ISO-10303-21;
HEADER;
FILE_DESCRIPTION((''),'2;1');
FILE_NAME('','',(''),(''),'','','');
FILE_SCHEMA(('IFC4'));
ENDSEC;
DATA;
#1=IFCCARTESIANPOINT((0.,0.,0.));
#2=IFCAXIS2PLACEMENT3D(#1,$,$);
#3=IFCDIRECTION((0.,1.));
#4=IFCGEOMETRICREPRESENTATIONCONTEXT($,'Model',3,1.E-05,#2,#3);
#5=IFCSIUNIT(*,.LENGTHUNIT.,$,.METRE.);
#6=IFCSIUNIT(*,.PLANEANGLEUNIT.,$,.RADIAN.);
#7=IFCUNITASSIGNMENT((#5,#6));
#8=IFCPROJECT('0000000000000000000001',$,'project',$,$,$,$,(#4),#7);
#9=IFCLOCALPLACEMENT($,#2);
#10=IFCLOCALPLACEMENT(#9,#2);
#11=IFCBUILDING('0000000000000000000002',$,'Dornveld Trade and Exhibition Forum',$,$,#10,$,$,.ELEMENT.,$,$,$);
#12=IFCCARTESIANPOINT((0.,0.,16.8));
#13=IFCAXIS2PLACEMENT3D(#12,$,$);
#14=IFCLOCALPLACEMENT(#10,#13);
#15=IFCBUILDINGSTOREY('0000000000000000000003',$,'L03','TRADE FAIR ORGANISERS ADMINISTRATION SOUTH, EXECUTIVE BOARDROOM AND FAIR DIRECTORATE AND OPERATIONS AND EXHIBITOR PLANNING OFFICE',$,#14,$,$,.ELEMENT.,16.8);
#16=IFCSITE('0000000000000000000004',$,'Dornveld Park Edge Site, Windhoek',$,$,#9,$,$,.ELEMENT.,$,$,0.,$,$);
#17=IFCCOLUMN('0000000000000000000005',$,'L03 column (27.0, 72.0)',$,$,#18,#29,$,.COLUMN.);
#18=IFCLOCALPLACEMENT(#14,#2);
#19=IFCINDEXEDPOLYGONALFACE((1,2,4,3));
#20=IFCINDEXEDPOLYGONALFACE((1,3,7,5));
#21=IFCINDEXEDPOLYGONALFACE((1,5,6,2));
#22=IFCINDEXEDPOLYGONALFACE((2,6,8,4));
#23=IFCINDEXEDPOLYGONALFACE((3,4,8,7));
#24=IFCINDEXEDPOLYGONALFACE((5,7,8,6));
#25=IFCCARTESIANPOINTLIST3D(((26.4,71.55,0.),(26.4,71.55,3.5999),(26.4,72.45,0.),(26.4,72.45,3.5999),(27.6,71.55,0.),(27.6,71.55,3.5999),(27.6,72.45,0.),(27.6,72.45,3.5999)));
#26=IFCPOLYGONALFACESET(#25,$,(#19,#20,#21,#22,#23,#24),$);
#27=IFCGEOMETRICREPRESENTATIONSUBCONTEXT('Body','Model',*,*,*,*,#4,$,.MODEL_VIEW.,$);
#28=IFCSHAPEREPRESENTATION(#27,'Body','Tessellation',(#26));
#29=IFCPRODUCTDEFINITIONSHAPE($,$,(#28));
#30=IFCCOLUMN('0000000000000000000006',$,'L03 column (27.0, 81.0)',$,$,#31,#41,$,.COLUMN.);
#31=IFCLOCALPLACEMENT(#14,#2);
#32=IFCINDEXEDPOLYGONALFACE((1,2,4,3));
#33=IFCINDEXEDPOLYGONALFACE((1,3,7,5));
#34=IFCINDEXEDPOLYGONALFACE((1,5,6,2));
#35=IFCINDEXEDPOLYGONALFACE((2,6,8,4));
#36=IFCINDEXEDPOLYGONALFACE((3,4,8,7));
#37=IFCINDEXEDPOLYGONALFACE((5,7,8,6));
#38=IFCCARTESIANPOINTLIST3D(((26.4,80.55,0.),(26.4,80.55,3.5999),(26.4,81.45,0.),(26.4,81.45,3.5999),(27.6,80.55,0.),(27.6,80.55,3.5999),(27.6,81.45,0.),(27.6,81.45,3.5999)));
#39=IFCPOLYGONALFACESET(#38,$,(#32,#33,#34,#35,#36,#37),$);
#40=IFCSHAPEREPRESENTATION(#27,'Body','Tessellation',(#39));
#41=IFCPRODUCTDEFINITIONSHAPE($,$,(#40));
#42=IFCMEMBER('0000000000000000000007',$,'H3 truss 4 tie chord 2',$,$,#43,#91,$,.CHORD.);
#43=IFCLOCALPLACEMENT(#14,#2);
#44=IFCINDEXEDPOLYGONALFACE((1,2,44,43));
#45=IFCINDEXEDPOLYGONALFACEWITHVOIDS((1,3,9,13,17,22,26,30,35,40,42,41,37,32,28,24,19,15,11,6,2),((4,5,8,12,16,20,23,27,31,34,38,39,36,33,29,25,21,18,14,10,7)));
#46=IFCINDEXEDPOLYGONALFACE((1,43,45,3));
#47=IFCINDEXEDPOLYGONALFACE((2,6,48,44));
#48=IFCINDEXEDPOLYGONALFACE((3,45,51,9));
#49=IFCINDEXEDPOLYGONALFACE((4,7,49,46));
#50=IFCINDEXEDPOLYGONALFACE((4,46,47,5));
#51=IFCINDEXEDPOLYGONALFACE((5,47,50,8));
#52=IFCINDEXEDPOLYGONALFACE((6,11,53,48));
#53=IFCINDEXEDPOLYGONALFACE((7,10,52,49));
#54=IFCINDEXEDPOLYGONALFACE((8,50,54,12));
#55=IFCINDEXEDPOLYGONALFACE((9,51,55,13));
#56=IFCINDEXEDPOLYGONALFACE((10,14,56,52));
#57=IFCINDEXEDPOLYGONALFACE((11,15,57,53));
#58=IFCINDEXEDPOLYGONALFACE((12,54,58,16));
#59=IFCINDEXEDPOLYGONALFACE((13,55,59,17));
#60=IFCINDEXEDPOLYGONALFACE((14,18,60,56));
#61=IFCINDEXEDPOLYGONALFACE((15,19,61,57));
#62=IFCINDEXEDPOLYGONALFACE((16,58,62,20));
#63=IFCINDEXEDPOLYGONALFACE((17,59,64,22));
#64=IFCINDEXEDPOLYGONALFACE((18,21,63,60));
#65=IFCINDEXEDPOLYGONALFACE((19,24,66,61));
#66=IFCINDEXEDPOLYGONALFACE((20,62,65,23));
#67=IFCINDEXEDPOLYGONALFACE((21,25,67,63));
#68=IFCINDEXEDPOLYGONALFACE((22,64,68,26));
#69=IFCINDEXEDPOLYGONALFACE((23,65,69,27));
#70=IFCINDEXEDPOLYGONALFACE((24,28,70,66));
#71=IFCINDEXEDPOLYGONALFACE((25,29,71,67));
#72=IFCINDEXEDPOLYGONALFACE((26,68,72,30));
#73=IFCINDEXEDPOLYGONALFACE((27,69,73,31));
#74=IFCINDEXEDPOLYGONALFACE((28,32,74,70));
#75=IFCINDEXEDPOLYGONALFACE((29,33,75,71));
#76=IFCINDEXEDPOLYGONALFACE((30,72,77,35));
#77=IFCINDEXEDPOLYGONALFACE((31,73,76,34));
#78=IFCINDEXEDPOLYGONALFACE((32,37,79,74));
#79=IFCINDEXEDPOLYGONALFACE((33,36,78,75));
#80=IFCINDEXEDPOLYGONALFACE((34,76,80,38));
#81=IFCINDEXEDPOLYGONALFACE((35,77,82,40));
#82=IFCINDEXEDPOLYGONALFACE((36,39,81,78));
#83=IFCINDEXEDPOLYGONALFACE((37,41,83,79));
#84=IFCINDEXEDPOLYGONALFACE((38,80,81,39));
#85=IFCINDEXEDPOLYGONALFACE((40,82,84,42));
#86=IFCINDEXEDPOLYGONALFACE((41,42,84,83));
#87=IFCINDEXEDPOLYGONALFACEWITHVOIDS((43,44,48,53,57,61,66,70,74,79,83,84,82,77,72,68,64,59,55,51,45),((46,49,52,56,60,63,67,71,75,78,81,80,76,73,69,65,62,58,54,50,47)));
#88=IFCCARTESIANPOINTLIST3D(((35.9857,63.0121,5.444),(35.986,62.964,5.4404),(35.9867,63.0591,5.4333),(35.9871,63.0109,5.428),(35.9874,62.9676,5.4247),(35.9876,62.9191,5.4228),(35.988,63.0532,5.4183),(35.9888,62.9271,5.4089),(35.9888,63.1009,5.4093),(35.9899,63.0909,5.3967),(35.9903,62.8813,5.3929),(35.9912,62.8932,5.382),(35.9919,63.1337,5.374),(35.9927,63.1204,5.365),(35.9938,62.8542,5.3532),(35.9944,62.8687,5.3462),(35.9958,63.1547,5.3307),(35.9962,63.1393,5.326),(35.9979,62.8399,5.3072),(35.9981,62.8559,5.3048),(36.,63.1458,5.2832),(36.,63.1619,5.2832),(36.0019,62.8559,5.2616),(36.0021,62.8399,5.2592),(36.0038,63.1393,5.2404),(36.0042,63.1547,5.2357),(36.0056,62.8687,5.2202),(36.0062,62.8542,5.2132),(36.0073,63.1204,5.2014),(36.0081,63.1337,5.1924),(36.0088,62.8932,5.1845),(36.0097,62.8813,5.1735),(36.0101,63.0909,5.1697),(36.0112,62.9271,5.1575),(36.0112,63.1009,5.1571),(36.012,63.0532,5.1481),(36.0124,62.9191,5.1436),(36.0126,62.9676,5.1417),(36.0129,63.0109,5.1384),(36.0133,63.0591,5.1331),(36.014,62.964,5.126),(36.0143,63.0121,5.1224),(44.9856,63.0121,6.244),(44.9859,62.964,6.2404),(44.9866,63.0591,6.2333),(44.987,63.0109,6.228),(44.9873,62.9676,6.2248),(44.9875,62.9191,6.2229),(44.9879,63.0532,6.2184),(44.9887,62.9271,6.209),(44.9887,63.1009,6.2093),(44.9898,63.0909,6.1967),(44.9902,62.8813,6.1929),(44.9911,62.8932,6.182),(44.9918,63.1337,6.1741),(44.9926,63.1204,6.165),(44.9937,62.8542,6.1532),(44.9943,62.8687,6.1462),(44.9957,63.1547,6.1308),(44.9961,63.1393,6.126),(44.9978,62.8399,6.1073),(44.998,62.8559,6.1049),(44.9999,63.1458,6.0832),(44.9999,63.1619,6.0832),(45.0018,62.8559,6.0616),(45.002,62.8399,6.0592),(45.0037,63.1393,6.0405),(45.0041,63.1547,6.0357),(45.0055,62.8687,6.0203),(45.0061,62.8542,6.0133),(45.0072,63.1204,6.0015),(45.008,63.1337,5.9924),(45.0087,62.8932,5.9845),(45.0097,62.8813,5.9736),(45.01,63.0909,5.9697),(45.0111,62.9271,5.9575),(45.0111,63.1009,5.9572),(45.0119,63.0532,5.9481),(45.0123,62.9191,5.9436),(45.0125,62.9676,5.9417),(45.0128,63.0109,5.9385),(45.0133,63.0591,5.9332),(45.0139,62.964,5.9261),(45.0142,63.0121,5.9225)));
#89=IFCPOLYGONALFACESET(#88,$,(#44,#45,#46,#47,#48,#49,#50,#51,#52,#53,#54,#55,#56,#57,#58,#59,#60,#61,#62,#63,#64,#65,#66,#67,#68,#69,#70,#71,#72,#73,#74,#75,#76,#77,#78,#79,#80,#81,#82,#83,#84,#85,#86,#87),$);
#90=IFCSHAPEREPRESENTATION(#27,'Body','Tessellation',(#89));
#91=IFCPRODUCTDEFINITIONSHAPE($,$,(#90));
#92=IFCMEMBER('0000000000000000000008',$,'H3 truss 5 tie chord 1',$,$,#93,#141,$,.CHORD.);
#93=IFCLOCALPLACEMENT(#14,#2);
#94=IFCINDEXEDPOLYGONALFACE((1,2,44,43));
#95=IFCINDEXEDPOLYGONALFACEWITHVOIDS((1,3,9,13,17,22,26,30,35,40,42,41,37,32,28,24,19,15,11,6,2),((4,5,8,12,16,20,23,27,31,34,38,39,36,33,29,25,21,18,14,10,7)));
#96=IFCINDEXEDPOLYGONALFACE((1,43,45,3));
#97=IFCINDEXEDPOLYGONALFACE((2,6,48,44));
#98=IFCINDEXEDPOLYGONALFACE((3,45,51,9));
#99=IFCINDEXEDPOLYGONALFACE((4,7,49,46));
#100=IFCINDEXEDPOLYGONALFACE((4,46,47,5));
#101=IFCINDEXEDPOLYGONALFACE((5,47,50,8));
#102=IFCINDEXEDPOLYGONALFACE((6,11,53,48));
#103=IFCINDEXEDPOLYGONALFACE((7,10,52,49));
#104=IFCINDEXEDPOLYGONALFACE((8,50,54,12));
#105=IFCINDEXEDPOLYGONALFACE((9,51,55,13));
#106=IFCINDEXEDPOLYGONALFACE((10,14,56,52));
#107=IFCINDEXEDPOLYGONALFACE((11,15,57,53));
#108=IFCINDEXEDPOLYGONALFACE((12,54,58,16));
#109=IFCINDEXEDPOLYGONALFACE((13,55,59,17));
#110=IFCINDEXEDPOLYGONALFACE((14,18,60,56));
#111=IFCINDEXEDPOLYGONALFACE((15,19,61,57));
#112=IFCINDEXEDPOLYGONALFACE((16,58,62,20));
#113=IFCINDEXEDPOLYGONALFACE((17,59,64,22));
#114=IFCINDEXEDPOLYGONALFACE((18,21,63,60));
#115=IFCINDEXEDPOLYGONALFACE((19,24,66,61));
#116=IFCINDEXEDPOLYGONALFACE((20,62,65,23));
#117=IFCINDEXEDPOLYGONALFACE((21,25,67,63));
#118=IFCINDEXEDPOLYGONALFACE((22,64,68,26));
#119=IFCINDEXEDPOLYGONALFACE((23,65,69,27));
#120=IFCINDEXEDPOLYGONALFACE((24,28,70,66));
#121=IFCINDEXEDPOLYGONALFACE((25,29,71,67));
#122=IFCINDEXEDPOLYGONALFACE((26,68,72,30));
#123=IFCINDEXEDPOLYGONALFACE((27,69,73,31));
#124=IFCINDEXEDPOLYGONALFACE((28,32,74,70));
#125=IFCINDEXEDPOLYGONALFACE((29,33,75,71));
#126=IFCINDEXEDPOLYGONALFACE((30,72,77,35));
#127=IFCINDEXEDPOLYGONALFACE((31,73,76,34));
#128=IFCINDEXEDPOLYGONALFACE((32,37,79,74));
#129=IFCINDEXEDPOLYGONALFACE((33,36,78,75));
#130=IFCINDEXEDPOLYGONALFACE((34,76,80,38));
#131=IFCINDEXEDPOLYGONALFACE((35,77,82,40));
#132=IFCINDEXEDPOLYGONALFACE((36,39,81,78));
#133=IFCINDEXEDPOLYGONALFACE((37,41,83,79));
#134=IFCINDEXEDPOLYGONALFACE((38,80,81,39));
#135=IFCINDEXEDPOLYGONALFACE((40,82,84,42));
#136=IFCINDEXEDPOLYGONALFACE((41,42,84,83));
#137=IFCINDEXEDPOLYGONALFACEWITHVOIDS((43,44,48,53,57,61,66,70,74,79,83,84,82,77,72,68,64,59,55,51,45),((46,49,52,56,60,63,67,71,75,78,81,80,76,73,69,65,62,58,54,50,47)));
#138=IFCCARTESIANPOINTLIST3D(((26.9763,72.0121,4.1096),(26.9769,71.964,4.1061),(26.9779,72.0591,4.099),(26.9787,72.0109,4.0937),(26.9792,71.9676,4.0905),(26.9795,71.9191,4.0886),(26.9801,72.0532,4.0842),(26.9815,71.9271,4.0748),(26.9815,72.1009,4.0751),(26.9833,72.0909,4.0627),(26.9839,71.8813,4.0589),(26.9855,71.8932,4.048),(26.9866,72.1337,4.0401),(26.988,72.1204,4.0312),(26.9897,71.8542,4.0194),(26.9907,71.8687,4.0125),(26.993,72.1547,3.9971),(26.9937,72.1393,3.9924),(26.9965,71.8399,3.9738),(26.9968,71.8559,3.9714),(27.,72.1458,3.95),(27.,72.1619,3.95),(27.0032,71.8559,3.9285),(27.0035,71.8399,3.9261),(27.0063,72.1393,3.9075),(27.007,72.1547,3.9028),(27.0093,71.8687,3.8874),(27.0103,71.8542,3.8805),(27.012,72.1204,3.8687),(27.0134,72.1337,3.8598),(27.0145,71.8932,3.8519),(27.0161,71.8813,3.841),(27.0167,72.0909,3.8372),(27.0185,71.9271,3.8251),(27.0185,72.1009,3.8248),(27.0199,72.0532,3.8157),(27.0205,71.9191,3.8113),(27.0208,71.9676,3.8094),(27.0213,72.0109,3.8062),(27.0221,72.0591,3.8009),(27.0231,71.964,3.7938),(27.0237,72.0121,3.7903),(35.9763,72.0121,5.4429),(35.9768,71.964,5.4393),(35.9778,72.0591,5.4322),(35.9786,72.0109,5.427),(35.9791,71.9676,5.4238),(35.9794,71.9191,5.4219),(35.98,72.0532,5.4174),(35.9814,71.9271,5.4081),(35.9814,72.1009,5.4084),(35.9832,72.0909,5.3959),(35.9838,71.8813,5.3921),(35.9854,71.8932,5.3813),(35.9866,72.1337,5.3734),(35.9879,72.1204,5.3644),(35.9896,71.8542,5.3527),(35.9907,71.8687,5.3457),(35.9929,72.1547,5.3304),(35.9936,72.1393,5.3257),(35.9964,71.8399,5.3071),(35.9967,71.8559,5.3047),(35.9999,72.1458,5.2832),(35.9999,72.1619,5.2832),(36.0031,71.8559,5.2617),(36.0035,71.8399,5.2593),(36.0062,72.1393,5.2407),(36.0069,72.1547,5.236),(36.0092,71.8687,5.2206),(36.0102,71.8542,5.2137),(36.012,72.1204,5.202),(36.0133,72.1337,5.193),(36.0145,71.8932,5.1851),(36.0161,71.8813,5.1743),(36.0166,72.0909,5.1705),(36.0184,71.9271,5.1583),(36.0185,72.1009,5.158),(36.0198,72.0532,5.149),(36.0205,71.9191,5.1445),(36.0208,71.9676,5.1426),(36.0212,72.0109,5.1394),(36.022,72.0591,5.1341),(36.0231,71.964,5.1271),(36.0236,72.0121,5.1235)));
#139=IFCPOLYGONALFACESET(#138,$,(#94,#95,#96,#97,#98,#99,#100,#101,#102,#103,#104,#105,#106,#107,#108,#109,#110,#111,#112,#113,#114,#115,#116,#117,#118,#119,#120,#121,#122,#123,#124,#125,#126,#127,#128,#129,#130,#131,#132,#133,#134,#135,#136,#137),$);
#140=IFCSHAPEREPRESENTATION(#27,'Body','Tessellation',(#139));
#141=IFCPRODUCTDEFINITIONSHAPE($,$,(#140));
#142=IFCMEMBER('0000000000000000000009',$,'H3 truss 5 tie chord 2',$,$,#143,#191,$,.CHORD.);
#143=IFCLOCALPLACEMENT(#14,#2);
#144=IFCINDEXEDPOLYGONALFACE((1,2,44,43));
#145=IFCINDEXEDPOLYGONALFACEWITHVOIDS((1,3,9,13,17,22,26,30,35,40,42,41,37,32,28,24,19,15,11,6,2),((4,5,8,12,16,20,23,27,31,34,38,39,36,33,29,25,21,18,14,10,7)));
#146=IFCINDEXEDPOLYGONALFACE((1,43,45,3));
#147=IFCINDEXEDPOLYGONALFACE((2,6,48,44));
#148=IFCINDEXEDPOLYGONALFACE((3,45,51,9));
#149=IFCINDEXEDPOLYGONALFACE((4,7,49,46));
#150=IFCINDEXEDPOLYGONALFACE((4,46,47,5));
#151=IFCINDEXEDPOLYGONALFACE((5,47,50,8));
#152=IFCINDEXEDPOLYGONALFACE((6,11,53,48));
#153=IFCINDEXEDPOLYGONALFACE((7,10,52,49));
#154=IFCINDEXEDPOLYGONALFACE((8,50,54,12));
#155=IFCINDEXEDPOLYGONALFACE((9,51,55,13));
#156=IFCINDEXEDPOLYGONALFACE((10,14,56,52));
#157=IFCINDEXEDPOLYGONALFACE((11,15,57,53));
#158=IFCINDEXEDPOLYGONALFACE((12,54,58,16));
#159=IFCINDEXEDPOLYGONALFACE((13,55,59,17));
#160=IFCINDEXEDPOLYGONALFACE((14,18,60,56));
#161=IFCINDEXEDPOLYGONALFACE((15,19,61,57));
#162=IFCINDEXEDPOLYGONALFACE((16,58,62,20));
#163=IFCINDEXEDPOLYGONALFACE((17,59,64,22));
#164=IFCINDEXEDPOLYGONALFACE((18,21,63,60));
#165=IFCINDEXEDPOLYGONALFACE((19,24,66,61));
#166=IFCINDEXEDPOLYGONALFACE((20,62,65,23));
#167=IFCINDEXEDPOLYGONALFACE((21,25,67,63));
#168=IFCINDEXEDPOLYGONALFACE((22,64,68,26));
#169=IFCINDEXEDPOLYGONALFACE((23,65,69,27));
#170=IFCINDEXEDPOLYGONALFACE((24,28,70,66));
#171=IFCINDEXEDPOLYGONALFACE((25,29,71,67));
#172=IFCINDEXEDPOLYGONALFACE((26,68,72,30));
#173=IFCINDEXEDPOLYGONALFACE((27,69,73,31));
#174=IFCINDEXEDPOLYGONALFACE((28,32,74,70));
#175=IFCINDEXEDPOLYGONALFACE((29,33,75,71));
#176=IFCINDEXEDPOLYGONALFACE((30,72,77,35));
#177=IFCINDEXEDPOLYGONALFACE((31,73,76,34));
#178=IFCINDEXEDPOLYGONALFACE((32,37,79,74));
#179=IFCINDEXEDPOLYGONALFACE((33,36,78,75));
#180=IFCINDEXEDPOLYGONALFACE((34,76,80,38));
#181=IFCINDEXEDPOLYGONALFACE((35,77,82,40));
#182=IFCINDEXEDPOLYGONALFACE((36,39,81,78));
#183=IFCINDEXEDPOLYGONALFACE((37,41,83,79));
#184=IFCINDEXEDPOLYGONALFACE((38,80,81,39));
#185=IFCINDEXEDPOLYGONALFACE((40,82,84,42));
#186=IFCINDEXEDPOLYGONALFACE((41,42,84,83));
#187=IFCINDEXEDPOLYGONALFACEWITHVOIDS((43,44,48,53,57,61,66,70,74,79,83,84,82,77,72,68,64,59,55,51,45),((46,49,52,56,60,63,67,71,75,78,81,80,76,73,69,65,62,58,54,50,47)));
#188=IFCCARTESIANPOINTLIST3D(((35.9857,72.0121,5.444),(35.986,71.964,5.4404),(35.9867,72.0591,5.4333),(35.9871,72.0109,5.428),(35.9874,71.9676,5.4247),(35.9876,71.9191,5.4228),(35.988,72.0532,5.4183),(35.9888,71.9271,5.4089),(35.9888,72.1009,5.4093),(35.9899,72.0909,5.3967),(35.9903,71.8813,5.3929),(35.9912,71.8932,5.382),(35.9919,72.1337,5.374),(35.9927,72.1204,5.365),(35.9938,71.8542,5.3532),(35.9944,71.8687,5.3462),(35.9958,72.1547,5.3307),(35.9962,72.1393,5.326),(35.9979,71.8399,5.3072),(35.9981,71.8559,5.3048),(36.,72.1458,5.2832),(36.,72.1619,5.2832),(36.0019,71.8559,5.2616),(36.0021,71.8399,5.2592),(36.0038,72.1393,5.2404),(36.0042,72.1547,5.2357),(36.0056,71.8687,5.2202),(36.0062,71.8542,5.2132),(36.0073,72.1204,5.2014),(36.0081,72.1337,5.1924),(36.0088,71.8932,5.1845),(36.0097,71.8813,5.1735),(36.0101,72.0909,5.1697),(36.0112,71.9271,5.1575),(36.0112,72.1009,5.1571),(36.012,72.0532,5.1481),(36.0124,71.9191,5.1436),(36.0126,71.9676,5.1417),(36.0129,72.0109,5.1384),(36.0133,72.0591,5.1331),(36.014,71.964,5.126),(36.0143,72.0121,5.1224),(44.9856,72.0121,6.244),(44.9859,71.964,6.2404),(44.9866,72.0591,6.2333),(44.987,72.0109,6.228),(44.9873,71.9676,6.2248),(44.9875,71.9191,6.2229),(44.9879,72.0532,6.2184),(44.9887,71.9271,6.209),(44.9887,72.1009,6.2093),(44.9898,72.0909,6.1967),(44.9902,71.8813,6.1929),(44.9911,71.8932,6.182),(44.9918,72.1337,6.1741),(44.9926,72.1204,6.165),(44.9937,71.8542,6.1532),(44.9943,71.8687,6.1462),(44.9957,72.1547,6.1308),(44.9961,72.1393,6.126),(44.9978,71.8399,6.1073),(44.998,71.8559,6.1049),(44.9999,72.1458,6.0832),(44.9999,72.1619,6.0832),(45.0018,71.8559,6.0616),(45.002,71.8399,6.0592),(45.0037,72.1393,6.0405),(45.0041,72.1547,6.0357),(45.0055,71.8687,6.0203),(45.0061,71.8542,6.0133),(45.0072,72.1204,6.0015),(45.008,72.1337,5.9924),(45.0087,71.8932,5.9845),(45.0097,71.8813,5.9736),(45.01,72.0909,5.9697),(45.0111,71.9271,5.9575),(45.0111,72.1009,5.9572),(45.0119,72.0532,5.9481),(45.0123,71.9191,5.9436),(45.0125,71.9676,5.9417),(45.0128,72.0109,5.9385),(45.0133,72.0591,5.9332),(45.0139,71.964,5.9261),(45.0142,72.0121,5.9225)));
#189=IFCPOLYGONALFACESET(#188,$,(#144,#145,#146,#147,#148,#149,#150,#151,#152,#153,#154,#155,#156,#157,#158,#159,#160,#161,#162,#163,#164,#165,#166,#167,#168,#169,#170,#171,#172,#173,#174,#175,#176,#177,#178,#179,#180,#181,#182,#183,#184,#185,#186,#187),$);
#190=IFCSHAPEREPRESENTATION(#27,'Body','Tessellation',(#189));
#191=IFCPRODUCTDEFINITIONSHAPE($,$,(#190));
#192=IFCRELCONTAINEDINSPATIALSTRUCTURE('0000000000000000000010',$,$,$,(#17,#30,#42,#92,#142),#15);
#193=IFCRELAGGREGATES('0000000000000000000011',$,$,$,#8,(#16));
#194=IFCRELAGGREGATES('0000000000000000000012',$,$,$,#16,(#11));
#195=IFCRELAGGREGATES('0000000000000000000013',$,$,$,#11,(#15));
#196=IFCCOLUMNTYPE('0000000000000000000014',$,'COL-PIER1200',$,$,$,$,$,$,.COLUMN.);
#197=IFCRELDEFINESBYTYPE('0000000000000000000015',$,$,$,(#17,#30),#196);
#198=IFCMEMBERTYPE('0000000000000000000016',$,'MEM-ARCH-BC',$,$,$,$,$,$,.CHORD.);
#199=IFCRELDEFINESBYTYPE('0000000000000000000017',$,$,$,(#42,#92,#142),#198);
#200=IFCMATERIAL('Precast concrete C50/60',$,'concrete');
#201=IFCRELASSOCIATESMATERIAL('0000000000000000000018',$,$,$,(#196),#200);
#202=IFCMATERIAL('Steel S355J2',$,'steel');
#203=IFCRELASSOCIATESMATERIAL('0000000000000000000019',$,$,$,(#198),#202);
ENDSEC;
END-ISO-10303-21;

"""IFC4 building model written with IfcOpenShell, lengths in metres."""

from ifc_helpers import new_model, si_unit, direction, frame, origin, origin_2d, place, context, subcontext, project, spatial, rectangle, hollow_circle, extrude, material, material_profile, profile_set, type_object, element, save


model = new_model("IFC4")

# Units and contexts
model_context = context("Model", 3, precision=1e-05, world=origin(), true_north=direction((0.0, 1.0)))
body_context = subcontext(model_context, "Body", "Model", "MODEL_VIEW")
ifc_project = project(units=[si_unit("LENGTHUNIT", "METRE"), si_unit("PLANEANGLEUNIT", "RADIAN")], contexts=[model_context])

# Site, building, storey
site_placement = place(None, origin())
site = spatial("IfcSite", under=ifc_project, at=site_placement, Name="Dornveld Park Edge Site, Windhoek", CompositionType="ELEMENT", RefElevation=0.0)
building_placement = place(site_placement, origin())
building = spatial("IfcBuilding", under=site, at=building_placement, Name="Dornveld Trade and Exhibition Forum", CompositionType="ELEMENT")
storey_placement = place(building_placement, frame((0.0, 0.0, 16.8)))
storey = spatial("IfcBuildingStorey", under=building, at=storey_placement, Name="L03", Description="TRADE FAIR ORGANISERS ADMINISTRATION SOUTH, EXECUTIVE BOARDROOM AND FAIR DIRECTORATE AND OPERATIONS AND EXHIBITOR PLANNING OFFICE", CompositionType="ELEMENT", Elevation=16.8)

# Columns
ifc_material_1 = material(Name="Precast concrete C50/60", Category="concrete")
ifc_material_profile_1 = material_profile(ifc_material_1, rectangle(XDim=1.2, YDim=0.8999, at=origin_2d()), Name="PC-PIER 1200x900")
ifc_profile_set_1 = profile_set([ifc_material_profile_1], Name="Precast concrete C50/60")
column_type = type_object("IfcColumnType", Name="COL-PIER1200", PredefinedType="COLUMN", material=ifc_profile_set_1)
for number, where, z_axis, x_axis, name in (
    (1, (27.0, 72.0, 0.0), (0.0, 0.0, 1.0), (1.0, 0.0, 0.0), "L03 column (27.0, 72.0)"),
    (2, (27.0, 81.0, 0.0), (0.0, 0.0, 1.0), (1.0, 0.0, 0.0), "L03 column (27.0, 81.0)"),
):
    element("IfcColumn", number, at=place(storey_placement, frame(where, z_axis=z_axis, x_axis=x_axis)), inside=storey, type_object=column_type, Name=name, PredefinedType="COLUMN", context=body_context, shape_type="SweptSolid", body=[
        extrude(rectangle(XDim=1.2, YDim=0.8999, at=origin_2d()), origin(), (0.0, 0.0, 1.0), 3.5999),
    ])

# Members
ifc_material_2 = material(Name="Steel S355J2", Category="steel")
ifc_material_profile_2 = material_profile(ifc_material_2, hollow_circle(Radius=0.1619, WallThickness=0.0161, at=origin_2d()), Name="CHS 323.9x16")
ifc_profile_set_2 = profile_set([ifc_material_profile_2], Name="Steel S355J2")
member_type_1 = type_object("IfcMemberType", Name="MEM-ARCH-BC", PredefinedType="CHORD", material=ifc_profile_set_2)
member_1_placement = place(storey_placement, frame((36.0, 63.0, 5.2832), z_axis=(0.996072, 0.0, 0.088545), x_axis=(0.0, 1.0, 0.0)))
element("IfcMember", 3, at=member_1_placement, inside=storey, type_object=member_type_1, Name="H3 truss 4 tie chord 2", PredefinedType="CHORD", context=body_context, shape_type="SweptSolid", body=[
    extrude(hollow_circle(Radius=0.1619, WallThickness=0.0161, at=origin_2d()), origin(), (0.0, 0.0, 1.0), 9.0354),
])
member_2_placement = place(storey_placement, frame((27.0, 72.0, 3.95), z_axis=(0.989205, 0.0, 0.14654), x_axis=(0.0, 1.0, 0.0)))
element("IfcMember", 4, at=member_2_placement, inside=storey, type_object=member_type_1, Name="H3 truss 5 tie chord 1", PredefinedType="CHORD", context=body_context, shape_type="SweptSolid", body=[
    extrude(hollow_circle(Radius=0.1619, WallThickness=0.0161, at=origin_2d()), origin(), (0.0, 0.0, 1.0), 9.0981),
])
member_3_placement = place(storey_placement, frame((36.0, 72.0, 5.2832), z_axis=(0.996072, 0.0, 0.088545), x_axis=(0.0, 1.0, 0.0)))
element("IfcMember", 5, at=member_3_placement, inside=storey, type_object=member_type_1, Name="H3 truss 5 tie chord 2", PredefinedType="CHORD", context=body_context, shape_type="SweptSolid", body=[
    extrude(hollow_circle(Radius=0.1619, WallThickness=0.0161, at=origin_2d()), origin(), (0.0, 0.0, 1.0), 9.0354),
])

save(model, "model.ifc")
